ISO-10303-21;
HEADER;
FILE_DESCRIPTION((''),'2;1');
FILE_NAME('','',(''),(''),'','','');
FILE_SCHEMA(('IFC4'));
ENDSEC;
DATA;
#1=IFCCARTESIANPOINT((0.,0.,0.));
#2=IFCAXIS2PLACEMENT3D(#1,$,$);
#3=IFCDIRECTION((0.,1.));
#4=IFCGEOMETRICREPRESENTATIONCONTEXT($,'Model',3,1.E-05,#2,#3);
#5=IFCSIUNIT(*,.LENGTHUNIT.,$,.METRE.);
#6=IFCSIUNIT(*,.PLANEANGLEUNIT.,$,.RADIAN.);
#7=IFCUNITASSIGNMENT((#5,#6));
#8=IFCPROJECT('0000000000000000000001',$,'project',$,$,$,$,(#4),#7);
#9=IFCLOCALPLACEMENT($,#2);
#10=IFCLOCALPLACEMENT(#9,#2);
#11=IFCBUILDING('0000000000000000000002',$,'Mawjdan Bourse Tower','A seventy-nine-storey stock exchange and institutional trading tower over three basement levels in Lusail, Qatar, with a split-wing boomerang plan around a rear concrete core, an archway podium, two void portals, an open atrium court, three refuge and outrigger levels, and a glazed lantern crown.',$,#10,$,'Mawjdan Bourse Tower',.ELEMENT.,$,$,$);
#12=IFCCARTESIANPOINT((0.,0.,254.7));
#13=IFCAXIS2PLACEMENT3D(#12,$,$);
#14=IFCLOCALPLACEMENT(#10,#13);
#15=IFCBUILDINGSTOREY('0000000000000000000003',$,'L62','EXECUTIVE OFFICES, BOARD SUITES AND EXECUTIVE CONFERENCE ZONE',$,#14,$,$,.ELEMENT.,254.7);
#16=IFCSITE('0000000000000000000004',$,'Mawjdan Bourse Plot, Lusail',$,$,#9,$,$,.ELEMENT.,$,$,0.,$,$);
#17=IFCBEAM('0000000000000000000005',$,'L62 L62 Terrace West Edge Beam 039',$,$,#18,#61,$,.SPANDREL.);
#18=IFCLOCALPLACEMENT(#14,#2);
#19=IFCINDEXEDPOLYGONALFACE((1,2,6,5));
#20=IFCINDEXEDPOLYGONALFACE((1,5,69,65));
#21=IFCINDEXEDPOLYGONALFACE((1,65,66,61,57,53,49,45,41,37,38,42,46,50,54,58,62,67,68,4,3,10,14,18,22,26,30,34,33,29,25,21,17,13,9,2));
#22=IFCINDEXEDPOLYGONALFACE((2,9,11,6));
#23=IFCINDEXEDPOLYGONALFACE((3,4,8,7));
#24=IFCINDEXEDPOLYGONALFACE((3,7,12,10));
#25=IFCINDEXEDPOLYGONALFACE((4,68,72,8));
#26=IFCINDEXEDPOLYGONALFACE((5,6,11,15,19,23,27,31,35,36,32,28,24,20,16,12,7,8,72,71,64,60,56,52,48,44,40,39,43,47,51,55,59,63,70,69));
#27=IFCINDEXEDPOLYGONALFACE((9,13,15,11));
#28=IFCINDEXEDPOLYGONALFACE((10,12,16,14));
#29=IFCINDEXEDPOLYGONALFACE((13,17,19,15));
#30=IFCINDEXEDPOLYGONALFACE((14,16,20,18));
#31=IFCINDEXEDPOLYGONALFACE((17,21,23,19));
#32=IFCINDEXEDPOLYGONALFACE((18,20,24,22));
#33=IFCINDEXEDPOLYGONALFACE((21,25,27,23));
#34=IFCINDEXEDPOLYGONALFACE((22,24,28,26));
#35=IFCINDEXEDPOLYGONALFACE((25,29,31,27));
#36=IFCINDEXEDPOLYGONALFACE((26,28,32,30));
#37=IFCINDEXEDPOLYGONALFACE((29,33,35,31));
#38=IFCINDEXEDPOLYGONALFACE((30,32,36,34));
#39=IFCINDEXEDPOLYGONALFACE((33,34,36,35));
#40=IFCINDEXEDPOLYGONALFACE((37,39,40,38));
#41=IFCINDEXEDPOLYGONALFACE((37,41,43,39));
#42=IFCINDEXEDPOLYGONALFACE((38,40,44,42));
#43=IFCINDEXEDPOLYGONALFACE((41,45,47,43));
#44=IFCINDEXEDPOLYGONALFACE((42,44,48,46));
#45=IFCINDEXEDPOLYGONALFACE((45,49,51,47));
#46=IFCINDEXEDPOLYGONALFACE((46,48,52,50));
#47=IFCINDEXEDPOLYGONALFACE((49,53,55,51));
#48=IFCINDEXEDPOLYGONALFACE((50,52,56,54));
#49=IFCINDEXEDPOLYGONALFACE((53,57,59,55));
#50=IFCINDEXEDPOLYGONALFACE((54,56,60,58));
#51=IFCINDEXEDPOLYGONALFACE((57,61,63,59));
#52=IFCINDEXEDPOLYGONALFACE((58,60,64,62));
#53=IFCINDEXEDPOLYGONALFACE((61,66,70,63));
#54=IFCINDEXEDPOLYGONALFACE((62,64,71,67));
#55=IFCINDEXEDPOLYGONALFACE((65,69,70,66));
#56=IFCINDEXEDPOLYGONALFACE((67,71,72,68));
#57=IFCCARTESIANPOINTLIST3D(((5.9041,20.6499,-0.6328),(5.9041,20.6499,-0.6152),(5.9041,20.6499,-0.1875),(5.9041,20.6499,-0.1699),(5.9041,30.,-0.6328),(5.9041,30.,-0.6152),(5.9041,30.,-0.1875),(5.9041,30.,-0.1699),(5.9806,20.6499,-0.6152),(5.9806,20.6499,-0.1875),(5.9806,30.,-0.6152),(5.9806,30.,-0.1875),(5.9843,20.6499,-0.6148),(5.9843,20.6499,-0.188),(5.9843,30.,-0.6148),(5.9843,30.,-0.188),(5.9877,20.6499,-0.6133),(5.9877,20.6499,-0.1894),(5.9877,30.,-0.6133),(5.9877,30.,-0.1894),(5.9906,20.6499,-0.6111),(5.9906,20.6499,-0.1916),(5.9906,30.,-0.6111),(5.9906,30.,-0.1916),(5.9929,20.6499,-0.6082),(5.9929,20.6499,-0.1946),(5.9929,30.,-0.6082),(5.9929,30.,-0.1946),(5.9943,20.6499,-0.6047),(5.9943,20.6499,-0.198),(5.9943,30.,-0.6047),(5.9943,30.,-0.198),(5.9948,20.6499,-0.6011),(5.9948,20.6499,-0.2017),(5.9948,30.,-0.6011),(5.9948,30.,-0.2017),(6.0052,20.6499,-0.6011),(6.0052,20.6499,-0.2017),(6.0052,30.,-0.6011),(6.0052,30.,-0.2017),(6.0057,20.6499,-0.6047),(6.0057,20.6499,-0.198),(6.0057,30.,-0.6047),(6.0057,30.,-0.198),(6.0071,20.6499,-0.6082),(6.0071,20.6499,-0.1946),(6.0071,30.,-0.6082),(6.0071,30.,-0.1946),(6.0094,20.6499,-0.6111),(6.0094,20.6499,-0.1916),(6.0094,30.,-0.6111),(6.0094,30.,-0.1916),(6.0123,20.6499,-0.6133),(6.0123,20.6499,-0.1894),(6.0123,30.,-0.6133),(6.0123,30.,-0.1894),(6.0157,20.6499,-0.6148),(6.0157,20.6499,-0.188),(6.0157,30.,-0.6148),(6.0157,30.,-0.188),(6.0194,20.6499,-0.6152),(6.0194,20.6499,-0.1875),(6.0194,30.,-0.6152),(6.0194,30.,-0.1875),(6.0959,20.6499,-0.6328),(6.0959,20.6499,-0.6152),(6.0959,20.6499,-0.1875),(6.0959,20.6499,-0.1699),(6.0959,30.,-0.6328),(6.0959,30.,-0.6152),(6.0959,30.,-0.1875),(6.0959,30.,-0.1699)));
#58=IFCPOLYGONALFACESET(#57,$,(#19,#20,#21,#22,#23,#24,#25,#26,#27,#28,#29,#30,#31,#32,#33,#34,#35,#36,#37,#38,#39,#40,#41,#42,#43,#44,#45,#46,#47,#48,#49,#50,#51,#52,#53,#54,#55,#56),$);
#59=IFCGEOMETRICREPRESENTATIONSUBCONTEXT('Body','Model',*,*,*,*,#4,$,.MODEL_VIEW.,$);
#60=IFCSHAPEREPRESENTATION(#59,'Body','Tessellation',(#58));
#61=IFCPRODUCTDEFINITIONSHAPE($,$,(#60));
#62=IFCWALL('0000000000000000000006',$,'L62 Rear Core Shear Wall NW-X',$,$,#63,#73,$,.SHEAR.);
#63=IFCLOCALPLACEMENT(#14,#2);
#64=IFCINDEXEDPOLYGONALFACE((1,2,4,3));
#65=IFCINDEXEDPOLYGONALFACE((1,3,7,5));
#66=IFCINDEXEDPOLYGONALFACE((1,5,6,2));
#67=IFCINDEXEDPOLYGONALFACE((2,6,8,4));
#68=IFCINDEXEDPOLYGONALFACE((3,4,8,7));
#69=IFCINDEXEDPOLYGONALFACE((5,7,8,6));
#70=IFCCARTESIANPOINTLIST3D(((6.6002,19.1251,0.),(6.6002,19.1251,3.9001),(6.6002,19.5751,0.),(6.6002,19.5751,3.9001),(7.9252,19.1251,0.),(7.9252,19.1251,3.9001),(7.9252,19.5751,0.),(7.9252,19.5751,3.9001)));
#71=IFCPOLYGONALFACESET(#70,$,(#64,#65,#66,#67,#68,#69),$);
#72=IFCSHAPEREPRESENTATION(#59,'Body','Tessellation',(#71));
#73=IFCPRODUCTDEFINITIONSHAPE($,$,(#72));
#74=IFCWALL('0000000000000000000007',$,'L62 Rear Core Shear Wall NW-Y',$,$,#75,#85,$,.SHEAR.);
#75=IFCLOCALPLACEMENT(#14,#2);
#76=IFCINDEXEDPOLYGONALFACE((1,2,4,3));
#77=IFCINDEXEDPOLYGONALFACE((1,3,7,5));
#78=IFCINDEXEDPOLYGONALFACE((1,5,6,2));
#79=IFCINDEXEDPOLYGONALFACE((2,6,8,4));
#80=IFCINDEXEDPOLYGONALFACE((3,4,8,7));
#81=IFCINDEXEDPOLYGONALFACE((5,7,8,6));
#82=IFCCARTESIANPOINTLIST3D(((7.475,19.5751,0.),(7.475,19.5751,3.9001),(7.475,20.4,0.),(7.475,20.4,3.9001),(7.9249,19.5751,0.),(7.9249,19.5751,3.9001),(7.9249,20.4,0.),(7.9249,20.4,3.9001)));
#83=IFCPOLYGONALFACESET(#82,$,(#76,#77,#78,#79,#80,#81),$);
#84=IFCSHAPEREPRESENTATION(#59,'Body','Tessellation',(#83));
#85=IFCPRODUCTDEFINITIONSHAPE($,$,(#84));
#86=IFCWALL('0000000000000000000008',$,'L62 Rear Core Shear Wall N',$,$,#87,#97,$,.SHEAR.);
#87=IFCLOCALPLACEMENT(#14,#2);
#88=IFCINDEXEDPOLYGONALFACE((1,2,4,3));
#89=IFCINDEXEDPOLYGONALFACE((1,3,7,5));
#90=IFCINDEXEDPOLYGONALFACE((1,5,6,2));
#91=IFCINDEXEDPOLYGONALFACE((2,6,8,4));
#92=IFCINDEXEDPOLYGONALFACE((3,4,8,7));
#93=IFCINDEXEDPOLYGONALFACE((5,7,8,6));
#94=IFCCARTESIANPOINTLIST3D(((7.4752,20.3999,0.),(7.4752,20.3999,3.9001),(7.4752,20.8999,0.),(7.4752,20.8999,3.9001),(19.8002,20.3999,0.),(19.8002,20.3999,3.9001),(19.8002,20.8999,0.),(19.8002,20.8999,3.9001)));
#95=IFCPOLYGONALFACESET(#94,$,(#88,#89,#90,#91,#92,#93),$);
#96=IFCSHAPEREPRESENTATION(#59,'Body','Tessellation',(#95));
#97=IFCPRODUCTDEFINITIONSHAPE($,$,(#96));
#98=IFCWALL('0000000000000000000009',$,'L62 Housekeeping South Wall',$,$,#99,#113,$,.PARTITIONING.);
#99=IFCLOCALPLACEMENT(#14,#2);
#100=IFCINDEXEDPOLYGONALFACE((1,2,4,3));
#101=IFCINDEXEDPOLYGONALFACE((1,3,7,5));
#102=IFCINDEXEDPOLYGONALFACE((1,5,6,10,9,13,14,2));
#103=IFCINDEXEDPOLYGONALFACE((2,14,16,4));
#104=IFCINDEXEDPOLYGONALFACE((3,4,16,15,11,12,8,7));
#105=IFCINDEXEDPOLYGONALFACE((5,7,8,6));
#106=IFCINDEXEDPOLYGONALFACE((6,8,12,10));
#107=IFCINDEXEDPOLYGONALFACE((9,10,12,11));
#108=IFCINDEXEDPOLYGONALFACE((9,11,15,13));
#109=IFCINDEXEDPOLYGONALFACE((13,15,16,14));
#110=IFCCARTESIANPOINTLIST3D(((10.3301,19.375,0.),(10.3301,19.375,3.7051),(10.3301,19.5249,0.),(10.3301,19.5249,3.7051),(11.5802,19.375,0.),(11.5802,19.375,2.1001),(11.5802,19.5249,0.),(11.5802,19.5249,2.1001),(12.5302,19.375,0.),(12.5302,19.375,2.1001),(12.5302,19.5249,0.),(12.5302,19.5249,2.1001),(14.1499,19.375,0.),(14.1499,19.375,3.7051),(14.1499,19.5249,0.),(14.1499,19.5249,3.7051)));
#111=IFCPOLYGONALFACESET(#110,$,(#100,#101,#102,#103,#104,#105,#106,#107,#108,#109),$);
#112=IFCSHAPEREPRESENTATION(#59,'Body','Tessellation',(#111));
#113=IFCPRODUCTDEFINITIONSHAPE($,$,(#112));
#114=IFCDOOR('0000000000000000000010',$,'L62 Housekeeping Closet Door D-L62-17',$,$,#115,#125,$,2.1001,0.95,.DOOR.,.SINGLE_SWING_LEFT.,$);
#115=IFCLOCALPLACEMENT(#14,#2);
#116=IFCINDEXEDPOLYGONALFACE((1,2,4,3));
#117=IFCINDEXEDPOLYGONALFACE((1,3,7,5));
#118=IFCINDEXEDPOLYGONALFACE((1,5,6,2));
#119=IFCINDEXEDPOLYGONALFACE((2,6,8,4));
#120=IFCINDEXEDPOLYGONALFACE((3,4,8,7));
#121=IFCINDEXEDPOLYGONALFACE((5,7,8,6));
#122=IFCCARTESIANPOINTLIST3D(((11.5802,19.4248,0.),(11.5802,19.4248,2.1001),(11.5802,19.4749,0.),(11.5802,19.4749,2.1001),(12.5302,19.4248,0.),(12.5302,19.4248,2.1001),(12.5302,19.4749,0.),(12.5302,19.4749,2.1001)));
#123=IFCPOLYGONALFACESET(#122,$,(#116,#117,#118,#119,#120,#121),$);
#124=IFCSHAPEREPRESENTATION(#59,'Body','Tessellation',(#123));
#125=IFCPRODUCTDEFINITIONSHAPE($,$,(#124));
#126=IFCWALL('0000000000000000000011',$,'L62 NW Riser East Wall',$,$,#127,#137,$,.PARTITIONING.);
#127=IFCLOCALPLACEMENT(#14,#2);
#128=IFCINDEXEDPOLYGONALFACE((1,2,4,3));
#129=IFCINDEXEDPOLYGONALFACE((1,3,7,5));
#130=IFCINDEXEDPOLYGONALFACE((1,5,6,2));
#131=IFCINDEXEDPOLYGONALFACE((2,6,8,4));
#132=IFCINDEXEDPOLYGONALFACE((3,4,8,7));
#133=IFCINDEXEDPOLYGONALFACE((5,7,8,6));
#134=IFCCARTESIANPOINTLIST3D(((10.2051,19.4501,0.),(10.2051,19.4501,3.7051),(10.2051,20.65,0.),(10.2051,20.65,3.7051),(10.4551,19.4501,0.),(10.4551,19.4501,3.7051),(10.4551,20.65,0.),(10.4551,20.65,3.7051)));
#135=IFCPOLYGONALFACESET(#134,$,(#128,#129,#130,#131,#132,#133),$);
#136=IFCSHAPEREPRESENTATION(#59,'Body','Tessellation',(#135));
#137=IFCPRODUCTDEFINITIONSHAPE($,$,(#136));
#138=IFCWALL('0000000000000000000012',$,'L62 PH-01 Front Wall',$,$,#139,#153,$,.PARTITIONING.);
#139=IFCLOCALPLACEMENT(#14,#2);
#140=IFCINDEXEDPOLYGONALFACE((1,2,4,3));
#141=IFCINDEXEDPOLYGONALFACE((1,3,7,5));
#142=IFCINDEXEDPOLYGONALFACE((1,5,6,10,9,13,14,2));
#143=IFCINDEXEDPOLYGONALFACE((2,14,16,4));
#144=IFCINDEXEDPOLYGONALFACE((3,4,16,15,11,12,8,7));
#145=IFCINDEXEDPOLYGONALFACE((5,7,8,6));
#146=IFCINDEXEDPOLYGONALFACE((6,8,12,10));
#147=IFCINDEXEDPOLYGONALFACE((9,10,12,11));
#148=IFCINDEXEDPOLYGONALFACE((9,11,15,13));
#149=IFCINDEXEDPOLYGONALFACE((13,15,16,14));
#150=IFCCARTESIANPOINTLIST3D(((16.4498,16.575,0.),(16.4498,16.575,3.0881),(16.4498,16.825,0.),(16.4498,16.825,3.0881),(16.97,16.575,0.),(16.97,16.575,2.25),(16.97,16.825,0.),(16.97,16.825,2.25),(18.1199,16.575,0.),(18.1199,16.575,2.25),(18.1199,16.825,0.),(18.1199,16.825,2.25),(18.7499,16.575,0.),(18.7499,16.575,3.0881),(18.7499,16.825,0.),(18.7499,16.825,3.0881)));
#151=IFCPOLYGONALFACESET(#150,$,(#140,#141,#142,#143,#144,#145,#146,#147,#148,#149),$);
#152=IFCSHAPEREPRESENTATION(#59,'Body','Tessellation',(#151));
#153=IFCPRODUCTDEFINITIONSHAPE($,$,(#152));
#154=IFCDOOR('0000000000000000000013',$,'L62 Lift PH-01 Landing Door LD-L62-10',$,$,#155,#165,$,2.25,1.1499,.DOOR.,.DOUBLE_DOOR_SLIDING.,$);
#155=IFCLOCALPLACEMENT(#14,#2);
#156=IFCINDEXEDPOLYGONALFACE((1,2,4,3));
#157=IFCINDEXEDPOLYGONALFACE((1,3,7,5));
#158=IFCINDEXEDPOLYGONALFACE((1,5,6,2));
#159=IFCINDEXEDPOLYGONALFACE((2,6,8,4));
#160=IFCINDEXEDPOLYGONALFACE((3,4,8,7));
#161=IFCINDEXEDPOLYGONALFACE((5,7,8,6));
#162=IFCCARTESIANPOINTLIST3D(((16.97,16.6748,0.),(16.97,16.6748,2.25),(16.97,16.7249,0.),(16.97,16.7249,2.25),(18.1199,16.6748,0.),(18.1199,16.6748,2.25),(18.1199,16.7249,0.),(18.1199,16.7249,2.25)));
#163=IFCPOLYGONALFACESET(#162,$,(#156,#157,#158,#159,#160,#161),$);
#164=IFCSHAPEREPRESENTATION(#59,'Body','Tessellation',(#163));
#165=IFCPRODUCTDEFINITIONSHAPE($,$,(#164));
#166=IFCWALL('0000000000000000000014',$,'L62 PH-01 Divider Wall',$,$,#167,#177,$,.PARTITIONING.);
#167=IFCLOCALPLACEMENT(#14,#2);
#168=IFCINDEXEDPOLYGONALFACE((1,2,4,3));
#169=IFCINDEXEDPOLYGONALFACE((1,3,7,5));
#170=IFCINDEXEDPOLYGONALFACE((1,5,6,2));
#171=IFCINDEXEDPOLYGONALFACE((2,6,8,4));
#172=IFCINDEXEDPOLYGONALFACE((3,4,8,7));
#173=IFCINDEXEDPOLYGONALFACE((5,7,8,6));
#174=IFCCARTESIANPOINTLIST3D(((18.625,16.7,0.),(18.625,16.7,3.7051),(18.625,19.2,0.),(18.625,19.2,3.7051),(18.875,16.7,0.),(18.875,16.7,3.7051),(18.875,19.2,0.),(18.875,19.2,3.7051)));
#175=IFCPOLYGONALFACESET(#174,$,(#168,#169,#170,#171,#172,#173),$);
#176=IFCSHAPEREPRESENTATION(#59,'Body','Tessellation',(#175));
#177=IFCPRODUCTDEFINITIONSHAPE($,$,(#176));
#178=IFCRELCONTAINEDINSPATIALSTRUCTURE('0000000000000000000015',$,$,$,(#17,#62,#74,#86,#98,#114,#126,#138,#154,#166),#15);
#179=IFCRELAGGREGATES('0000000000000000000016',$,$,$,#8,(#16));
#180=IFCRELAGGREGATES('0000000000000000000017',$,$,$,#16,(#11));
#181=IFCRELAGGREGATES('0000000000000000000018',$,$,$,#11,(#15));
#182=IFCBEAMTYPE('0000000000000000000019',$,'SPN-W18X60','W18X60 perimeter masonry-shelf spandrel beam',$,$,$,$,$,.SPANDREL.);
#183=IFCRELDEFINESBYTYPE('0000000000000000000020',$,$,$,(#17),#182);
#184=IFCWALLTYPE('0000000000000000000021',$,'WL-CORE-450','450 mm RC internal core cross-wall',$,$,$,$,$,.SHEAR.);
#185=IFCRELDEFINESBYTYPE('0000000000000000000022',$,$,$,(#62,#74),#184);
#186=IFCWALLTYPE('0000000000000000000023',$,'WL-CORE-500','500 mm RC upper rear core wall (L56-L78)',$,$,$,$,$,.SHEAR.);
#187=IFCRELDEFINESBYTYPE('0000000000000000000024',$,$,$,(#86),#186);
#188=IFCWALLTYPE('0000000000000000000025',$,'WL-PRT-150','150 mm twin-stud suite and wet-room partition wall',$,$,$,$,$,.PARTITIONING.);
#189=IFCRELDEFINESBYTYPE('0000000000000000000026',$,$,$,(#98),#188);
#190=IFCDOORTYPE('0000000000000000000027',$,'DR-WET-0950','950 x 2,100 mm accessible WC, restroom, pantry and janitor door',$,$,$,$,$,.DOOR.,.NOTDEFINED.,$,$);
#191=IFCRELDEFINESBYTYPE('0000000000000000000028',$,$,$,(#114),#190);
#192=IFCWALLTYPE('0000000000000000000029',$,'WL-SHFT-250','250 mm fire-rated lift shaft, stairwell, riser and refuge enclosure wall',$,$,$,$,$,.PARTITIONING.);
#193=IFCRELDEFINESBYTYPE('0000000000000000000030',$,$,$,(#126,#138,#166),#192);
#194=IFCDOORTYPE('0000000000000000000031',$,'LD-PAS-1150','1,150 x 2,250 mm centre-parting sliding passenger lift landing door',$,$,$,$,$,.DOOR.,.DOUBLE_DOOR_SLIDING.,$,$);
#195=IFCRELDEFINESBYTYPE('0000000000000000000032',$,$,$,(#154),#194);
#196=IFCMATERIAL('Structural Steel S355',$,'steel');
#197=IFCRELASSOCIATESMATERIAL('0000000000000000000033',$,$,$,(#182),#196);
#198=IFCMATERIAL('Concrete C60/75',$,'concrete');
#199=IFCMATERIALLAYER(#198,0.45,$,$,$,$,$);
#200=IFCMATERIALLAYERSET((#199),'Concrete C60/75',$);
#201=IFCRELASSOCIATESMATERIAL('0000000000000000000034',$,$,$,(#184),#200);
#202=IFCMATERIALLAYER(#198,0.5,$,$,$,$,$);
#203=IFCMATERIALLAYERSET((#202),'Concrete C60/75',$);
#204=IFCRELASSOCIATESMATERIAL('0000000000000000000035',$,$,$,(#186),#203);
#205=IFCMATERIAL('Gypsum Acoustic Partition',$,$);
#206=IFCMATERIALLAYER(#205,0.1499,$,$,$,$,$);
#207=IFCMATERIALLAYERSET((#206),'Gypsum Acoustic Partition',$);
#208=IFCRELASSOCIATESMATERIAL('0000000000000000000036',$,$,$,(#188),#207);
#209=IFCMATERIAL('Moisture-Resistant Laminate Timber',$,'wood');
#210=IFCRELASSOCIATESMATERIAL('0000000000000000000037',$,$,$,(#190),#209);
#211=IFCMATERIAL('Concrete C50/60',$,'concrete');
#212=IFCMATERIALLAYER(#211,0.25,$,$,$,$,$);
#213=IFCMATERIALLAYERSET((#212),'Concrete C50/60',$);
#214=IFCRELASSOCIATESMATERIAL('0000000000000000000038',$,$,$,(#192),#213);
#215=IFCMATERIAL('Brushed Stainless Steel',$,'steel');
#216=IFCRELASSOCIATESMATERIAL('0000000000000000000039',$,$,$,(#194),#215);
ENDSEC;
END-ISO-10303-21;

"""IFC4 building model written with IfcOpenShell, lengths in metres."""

from ifc_helpers import new_model, si_unit, direction, frame, frame_2d, origin, origin_2d, place, context, subcontext, project, spatial, rectangle, i_section, extrude, material, layer, layer_set, material_profile, profile_set, type_object, element, fill, save


model = new_model("IFC4")

# Units and contexts
model_context = context("Model", 3, precision=1e-05, world=origin(), true_north=direction((0.0, 1.0)))
body_context = subcontext(model_context, "Body", "Model", "MODEL_VIEW")
ifc_project = project(units=[si_unit("LENGTHUNIT", "METRE"), si_unit("PLANEANGLEUNIT", "RADIAN")], contexts=[model_context])

# Site, building, storey
site_placement = place(None, origin())
site = spatial("IfcSite", under=ifc_project, at=site_placement, Name="Mawjdan Bourse Plot, Lusail", CompositionType="ELEMENT", RefElevation=0.0)
building_placement = place(site_placement, origin())
building = spatial("IfcBuilding", under=site, at=building_placement, Name="Mawjdan Bourse Tower", Description="A seventy-nine-storey stock exchange and institutional trading tower over three basement levels in Lusail, Qatar, with a split-wing boomerang plan around a rear concrete core, an archway podium, two void portals, an open atrium court, three refuge and outrigger levels, and a glazed lantern crown.", LongName="Mawjdan Bourse Tower", CompositionType="ELEMENT")
storey_placement = place(building_placement, frame((0.0, 0.0, 254.7)))
storey = spatial("IfcBuildingStorey", under=building, at=storey_placement, Name="L62", Description="EXECUTIVE OFFICES, BOARD SUITES AND EXECUTIVE CONFERENCE ZONE", CompositionType="ELEMENT", Elevation=254.7)

# Beam
ifc_material_1 = material(Name="Structural Steel S355", Category="steel")
ifc_material_profile_1 = material_profile(ifc_material_1, i_section(OverallWidth=0.1919, OverallDepth=0.4629, WebThickness=0.0105, FlangeThickness=0.0176, FilletRadius=0.0142, at=origin_2d()), Name="W18X60")
ifc_profile_set_1 = profile_set([ifc_material_profile_1], Name="Structural Steel S355")
beam_type_1 = type_object("IfcBeamType", Name="SPN-W18X60", Description="W18X60 perimeter masonry-shelf spandrel beam", PredefinedType="SPANDREL", material=ifc_profile_set_1)
beam_1_placement = place(storey_placement, frame((6.0, 20.6499, -0.4014), z_axis=(0.0, 1.0, 0.0), x_axis=(-1.0, 0.0, 0.0)))
element("IfcBeam", 1, at=beam_1_placement, inside=storey, type_object=beam_type_1, Name="L62 L62 Terrace West Edge Beam 039", PredefinedType="SPANDREL", context=body_context, shape_type="SweptSolid", body=[
    extrude(i_section(OverallWidth=0.1919, OverallDepth=0.4629, WebThickness=0.0105, FlangeThickness=0.0176, FilletRadius=0.0142, at=origin_2d()), origin(), (0.0, 0.0, 1.0), 9.3501),
])

# Walls
ifc_material_2 = material(Name="Concrete C60/75", Category="concrete")
ifc_layer_1 = layer(ifc_material_2, 0.45)
ifc_layer_set_1 = layer_set([ifc_layer_1], Name="Concrete C60/75")
wall_type_1 = type_object("IfcWallType", Name="WL-CORE-450", Description="450 mm RC internal core cross-wall", PredefinedType="SHEAR", material=ifc_layer_set_1)
wall_1_placement = place(storey_placement, frame((6.6001, 19.3501, 0.0), z_axis=(0.0, 0.0, 1.0), x_axis=(1.0, 0.0, 0.0)))
element("IfcWall", 2, at=wall_1_placement, inside=storey, type_object=wall_type_1, Name="L62 Rear Core Shear Wall NW-X", PredefinedType="SHEAR", context=body_context, shape_type="SweptSolid", body=[
    extrude(rectangle(XDim=1.325, YDim=0.45, at=frame_2d((0.6626, 0.0))), origin(), (0.0, 0.0, 1.0), 3.9001),
])
wall_2_placement = place(storey_placement, frame((7.7, 19.575, 0.0), z_axis=(0.0, 0.0, 1.0), x_axis=(0.0, 1.0, 0.0)))
element("IfcWall", 3, at=wall_2_placement, inside=storey, type_object=wall_type_1, Name="L62 Rear Core Shear Wall NW-Y", PredefinedType="SHEAR", context=body_context, shape_type="SweptSolid", body=[
    extrude(rectangle(XDim=0.825, YDim=0.45, at=frame_2d((0.4126, 0.0))), origin(), (0.0, 0.0, 1.0), 3.9001),
])
ifc_layer_2 = layer(ifc_material_2, 0.5)
ifc_layer_set_2 = layer_set([ifc_layer_2], Name="Concrete C60/75")
wall_type_2 = type_object("IfcWallType", Name="WL-CORE-500", Description="500 mm RC upper rear core wall (L56-L78)", PredefinedType="SHEAR", material=ifc_layer_set_2)
wall_3_placement = place(storey_placement, frame((7.4751, 20.6499, 0.0), z_axis=(0.0, 0.0, 1.0), x_axis=(1.0, 0.0, 0.0)))
element("IfcWall", 4, at=wall_3_placement, inside=storey, type_object=wall_type_2, Name="L62 Rear Core Shear Wall N", PredefinedType="SHEAR", context=body_context, shape_type="SweptSolid", body=[
    extrude(rectangle(XDim=12.325, YDim=0.5, at=frame_2d((6.1626, 0.0))), origin(), (0.0, 0.0, 1.0), 3.9001),
])

# Wall, opening, door
ifc_material_3 = material(Name="Gypsum Acoustic Partition")
ifc_layer_3 = layer(ifc_material_3, 0.1499)
ifc_layer_set_3 = layer_set([ifc_layer_3], Name="Gypsum Acoustic Partition")
wall_type_3 = type_object("IfcWallType", Name="WL-PRT-150", Description="150 mm twin-stud suite and wet-room partition wall", PredefinedType="PARTITIONING", material=ifc_layer_set_3)
wall_4_placement = place(storey_placement, frame((10.3301, 19.45, 0.0), z_axis=(0.0, 0.0, 1.0), x_axis=(1.0, 0.0, 0.0)))
wall_4 = element("IfcWall", 5, at=wall_4_placement, inside=storey, type_object=wall_type_3, Name="L62 Housekeeping South Wall", PredefinedType="PARTITIONING", context=body_context, shape_type="SweptSolid", body=[
    extrude(rectangle(XDim=3.8198, YDim=0.1499, at=frame_2d((1.9099, 0.0))), origin(), (0.0, 0.0, 1.0), 3.7051),
])
opening_1_placement = place(wall_4_placement, frame((1.25, 0.0, 0.0)))
opening_1 = element("IfcOpeningElement", 6, at=opening_1_placement, cuts=wall_4, PredefinedType="OPENING", context=body_context, shape_type="SweptSolid", body=[
    extrude(rectangle(XDim=0.95, YDim=2.1001, at=frame_2d((0.4751, 1.05))), frame((0.0, 0.085, 0.0), z_axis=(0.0, -1.0, 0.0), x_axis=(1.0, 0.0, 0.0)), (0.0, 0.0, 1.0), 0.1699),
])
ifc_material_4 = material(Name="Moisture-Resistant Laminate Timber", Category="wood")
door_type_1 = type_object("IfcDoorType", Name="DR-WET-0950", Description="950 x 2,100 mm accessible WC, restroom, pantry and janitor door", OperationType="NOTDEFINED", PredefinedType="DOOR", material=ifc_material_4)
door_1_placement = place(opening_1_placement, origin())
door_1 = element("IfcDoor", 7, at=door_1_placement, inside=storey, type_object=door_type_1, Name="L62 Housekeeping Closet Door D-L62-17", OperationType="SINGLE_SWING_LEFT", OverallHeight=2.1001, OverallWidth=0.95, PredefinedType="DOOR", context=body_context, shape_type="SweptSolid", body=[
    extrude(rectangle(XDim=0.95, YDim=2.1001, at=frame_2d((0.4751, 1.05))), frame((0.0, 0.0249, 0.0), z_axis=(0.0, -1.0, 0.0), x_axis=(1.0, 0.0, 0.0)), (0.0, 0.0, 1.0), 0.05),
])
fill(opening_1, door_1)

# Wall
ifc_material_5 = material(Name="Concrete C50/60", Category="concrete")
ifc_layer_4 = layer(ifc_material_5, 0.25)
ifc_layer_set_4 = layer_set([ifc_layer_4], Name="Concrete C50/60")
wall_type_4 = type_object("IfcWallType", Name="WL-SHFT-250", Description="250 mm fire-rated lift shaft, stairwell, riser and refuge enclosure wall", PredefinedType="PARTITIONING", material=ifc_layer_set_4)
wall_5_placement = place(storey_placement, frame((10.3301, 19.45, 0.0), z_axis=(0.0, 0.0, 1.0), x_axis=(0.0, 1.0, 0.0)))
element("IfcWall", 8, at=wall_5_placement, inside=storey, type_object=wall_type_4, Name="L62 NW Riser East Wall", PredefinedType="PARTITIONING", context=body_context, shape_type="SweptSolid", body=[
    extrude(rectangle(XDim=1.2, YDim=0.25, at=frame_2d((0.6001, 0.0))), origin(), (0.0, 0.0, 1.0), 3.7051),
])

# Wall, opening, door
wall_6_placement = place(storey_placement, frame((16.45, 16.7, 0.0), z_axis=(0.0, 0.0, 1.0), x_axis=(1.0, 0.0, 0.0)))
wall_6 = element("IfcWall", 9, at=wall_6_placement, inside=storey, type_object=wall_type_4, Name="L62 PH-01 Front Wall", PredefinedType="PARTITIONING", context=body_context, shape_type="SweptSolid", body=[
    extrude(rectangle(XDim=2.3, YDim=0.25, at=frame_2d((1.1499, 0.0))), origin(), (0.0, 0.0, 1.0), 3.0881),
])
opening_2_placement = place(wall_6_placement, frame((0.52, 0.0, 0.0)))
opening_2 = element("IfcOpeningElement", 10, at=opening_2_placement, cuts=wall_6, PredefinedType="OPENING", context=body_context, shape_type="SweptSolid", body=[
    extrude(rectangle(XDim=1.1499, YDim=2.25, at=frame_2d((0.575, 1.125))), frame((0.0, 0.135, 0.0), z_axis=(0.0, -1.0, 0.0), x_axis=(1.0, 0.0, 0.0)), (0.0, 0.0, 1.0), 0.27),
])
ifc_material_6 = material(Name="Brushed Stainless Steel", Category="steel")
door_type_2 = type_object("IfcDoorType", Name="LD-PAS-1150", Description="1,150 x 2,250 mm centre-parting sliding passenger lift landing door", OperationType="DOUBLE_DOOR_SLIDING", PredefinedType="DOOR", material=ifc_material_6)
door_2_placement = place(opening_2_placement, origin())
door_2 = element("IfcDoor", 11, at=door_2_placement, inside=storey, type_object=door_type_2, Name="L62 Lift PH-01 Landing Door LD-L62-10", OperationType="DOUBLE_DOOR_SLIDING", OverallHeight=2.25, OverallWidth=1.1499, PredefinedType="DOOR", context=body_context, shape_type="SweptSolid", body=[
    extrude(rectangle(XDim=1.1499, YDim=2.25, at=frame_2d((0.575, 1.125))), frame((0.0, 0.0249, 0.0), z_axis=(0.0, -1.0, 0.0), x_axis=(1.0, 0.0, 0.0)), (0.0, 0.0, 1.0), 0.05),
])
fill(opening_2, door_2)

# Wall
wall_7_placement = place(storey_placement, frame((18.75, 16.7, 0.0), z_axis=(0.0, 0.0, 1.0), x_axis=(0.0, 1.0, 0.0)))
element("IfcWall", 12, at=wall_7_placement, inside=storey, type_object=wall_type_4, Name="L62 PH-01 Divider Wall", PredefinedType="PARTITIONING", context=body_context, shape_type="SweptSolid", body=[
    extrude(rectangle(XDim=2.5, YDim=0.25, at=frame_2d((1.25, 0.0))), origin(), (0.0, 0.0, 1.0), 3.7051),
])

save(model, "model.ifc")
